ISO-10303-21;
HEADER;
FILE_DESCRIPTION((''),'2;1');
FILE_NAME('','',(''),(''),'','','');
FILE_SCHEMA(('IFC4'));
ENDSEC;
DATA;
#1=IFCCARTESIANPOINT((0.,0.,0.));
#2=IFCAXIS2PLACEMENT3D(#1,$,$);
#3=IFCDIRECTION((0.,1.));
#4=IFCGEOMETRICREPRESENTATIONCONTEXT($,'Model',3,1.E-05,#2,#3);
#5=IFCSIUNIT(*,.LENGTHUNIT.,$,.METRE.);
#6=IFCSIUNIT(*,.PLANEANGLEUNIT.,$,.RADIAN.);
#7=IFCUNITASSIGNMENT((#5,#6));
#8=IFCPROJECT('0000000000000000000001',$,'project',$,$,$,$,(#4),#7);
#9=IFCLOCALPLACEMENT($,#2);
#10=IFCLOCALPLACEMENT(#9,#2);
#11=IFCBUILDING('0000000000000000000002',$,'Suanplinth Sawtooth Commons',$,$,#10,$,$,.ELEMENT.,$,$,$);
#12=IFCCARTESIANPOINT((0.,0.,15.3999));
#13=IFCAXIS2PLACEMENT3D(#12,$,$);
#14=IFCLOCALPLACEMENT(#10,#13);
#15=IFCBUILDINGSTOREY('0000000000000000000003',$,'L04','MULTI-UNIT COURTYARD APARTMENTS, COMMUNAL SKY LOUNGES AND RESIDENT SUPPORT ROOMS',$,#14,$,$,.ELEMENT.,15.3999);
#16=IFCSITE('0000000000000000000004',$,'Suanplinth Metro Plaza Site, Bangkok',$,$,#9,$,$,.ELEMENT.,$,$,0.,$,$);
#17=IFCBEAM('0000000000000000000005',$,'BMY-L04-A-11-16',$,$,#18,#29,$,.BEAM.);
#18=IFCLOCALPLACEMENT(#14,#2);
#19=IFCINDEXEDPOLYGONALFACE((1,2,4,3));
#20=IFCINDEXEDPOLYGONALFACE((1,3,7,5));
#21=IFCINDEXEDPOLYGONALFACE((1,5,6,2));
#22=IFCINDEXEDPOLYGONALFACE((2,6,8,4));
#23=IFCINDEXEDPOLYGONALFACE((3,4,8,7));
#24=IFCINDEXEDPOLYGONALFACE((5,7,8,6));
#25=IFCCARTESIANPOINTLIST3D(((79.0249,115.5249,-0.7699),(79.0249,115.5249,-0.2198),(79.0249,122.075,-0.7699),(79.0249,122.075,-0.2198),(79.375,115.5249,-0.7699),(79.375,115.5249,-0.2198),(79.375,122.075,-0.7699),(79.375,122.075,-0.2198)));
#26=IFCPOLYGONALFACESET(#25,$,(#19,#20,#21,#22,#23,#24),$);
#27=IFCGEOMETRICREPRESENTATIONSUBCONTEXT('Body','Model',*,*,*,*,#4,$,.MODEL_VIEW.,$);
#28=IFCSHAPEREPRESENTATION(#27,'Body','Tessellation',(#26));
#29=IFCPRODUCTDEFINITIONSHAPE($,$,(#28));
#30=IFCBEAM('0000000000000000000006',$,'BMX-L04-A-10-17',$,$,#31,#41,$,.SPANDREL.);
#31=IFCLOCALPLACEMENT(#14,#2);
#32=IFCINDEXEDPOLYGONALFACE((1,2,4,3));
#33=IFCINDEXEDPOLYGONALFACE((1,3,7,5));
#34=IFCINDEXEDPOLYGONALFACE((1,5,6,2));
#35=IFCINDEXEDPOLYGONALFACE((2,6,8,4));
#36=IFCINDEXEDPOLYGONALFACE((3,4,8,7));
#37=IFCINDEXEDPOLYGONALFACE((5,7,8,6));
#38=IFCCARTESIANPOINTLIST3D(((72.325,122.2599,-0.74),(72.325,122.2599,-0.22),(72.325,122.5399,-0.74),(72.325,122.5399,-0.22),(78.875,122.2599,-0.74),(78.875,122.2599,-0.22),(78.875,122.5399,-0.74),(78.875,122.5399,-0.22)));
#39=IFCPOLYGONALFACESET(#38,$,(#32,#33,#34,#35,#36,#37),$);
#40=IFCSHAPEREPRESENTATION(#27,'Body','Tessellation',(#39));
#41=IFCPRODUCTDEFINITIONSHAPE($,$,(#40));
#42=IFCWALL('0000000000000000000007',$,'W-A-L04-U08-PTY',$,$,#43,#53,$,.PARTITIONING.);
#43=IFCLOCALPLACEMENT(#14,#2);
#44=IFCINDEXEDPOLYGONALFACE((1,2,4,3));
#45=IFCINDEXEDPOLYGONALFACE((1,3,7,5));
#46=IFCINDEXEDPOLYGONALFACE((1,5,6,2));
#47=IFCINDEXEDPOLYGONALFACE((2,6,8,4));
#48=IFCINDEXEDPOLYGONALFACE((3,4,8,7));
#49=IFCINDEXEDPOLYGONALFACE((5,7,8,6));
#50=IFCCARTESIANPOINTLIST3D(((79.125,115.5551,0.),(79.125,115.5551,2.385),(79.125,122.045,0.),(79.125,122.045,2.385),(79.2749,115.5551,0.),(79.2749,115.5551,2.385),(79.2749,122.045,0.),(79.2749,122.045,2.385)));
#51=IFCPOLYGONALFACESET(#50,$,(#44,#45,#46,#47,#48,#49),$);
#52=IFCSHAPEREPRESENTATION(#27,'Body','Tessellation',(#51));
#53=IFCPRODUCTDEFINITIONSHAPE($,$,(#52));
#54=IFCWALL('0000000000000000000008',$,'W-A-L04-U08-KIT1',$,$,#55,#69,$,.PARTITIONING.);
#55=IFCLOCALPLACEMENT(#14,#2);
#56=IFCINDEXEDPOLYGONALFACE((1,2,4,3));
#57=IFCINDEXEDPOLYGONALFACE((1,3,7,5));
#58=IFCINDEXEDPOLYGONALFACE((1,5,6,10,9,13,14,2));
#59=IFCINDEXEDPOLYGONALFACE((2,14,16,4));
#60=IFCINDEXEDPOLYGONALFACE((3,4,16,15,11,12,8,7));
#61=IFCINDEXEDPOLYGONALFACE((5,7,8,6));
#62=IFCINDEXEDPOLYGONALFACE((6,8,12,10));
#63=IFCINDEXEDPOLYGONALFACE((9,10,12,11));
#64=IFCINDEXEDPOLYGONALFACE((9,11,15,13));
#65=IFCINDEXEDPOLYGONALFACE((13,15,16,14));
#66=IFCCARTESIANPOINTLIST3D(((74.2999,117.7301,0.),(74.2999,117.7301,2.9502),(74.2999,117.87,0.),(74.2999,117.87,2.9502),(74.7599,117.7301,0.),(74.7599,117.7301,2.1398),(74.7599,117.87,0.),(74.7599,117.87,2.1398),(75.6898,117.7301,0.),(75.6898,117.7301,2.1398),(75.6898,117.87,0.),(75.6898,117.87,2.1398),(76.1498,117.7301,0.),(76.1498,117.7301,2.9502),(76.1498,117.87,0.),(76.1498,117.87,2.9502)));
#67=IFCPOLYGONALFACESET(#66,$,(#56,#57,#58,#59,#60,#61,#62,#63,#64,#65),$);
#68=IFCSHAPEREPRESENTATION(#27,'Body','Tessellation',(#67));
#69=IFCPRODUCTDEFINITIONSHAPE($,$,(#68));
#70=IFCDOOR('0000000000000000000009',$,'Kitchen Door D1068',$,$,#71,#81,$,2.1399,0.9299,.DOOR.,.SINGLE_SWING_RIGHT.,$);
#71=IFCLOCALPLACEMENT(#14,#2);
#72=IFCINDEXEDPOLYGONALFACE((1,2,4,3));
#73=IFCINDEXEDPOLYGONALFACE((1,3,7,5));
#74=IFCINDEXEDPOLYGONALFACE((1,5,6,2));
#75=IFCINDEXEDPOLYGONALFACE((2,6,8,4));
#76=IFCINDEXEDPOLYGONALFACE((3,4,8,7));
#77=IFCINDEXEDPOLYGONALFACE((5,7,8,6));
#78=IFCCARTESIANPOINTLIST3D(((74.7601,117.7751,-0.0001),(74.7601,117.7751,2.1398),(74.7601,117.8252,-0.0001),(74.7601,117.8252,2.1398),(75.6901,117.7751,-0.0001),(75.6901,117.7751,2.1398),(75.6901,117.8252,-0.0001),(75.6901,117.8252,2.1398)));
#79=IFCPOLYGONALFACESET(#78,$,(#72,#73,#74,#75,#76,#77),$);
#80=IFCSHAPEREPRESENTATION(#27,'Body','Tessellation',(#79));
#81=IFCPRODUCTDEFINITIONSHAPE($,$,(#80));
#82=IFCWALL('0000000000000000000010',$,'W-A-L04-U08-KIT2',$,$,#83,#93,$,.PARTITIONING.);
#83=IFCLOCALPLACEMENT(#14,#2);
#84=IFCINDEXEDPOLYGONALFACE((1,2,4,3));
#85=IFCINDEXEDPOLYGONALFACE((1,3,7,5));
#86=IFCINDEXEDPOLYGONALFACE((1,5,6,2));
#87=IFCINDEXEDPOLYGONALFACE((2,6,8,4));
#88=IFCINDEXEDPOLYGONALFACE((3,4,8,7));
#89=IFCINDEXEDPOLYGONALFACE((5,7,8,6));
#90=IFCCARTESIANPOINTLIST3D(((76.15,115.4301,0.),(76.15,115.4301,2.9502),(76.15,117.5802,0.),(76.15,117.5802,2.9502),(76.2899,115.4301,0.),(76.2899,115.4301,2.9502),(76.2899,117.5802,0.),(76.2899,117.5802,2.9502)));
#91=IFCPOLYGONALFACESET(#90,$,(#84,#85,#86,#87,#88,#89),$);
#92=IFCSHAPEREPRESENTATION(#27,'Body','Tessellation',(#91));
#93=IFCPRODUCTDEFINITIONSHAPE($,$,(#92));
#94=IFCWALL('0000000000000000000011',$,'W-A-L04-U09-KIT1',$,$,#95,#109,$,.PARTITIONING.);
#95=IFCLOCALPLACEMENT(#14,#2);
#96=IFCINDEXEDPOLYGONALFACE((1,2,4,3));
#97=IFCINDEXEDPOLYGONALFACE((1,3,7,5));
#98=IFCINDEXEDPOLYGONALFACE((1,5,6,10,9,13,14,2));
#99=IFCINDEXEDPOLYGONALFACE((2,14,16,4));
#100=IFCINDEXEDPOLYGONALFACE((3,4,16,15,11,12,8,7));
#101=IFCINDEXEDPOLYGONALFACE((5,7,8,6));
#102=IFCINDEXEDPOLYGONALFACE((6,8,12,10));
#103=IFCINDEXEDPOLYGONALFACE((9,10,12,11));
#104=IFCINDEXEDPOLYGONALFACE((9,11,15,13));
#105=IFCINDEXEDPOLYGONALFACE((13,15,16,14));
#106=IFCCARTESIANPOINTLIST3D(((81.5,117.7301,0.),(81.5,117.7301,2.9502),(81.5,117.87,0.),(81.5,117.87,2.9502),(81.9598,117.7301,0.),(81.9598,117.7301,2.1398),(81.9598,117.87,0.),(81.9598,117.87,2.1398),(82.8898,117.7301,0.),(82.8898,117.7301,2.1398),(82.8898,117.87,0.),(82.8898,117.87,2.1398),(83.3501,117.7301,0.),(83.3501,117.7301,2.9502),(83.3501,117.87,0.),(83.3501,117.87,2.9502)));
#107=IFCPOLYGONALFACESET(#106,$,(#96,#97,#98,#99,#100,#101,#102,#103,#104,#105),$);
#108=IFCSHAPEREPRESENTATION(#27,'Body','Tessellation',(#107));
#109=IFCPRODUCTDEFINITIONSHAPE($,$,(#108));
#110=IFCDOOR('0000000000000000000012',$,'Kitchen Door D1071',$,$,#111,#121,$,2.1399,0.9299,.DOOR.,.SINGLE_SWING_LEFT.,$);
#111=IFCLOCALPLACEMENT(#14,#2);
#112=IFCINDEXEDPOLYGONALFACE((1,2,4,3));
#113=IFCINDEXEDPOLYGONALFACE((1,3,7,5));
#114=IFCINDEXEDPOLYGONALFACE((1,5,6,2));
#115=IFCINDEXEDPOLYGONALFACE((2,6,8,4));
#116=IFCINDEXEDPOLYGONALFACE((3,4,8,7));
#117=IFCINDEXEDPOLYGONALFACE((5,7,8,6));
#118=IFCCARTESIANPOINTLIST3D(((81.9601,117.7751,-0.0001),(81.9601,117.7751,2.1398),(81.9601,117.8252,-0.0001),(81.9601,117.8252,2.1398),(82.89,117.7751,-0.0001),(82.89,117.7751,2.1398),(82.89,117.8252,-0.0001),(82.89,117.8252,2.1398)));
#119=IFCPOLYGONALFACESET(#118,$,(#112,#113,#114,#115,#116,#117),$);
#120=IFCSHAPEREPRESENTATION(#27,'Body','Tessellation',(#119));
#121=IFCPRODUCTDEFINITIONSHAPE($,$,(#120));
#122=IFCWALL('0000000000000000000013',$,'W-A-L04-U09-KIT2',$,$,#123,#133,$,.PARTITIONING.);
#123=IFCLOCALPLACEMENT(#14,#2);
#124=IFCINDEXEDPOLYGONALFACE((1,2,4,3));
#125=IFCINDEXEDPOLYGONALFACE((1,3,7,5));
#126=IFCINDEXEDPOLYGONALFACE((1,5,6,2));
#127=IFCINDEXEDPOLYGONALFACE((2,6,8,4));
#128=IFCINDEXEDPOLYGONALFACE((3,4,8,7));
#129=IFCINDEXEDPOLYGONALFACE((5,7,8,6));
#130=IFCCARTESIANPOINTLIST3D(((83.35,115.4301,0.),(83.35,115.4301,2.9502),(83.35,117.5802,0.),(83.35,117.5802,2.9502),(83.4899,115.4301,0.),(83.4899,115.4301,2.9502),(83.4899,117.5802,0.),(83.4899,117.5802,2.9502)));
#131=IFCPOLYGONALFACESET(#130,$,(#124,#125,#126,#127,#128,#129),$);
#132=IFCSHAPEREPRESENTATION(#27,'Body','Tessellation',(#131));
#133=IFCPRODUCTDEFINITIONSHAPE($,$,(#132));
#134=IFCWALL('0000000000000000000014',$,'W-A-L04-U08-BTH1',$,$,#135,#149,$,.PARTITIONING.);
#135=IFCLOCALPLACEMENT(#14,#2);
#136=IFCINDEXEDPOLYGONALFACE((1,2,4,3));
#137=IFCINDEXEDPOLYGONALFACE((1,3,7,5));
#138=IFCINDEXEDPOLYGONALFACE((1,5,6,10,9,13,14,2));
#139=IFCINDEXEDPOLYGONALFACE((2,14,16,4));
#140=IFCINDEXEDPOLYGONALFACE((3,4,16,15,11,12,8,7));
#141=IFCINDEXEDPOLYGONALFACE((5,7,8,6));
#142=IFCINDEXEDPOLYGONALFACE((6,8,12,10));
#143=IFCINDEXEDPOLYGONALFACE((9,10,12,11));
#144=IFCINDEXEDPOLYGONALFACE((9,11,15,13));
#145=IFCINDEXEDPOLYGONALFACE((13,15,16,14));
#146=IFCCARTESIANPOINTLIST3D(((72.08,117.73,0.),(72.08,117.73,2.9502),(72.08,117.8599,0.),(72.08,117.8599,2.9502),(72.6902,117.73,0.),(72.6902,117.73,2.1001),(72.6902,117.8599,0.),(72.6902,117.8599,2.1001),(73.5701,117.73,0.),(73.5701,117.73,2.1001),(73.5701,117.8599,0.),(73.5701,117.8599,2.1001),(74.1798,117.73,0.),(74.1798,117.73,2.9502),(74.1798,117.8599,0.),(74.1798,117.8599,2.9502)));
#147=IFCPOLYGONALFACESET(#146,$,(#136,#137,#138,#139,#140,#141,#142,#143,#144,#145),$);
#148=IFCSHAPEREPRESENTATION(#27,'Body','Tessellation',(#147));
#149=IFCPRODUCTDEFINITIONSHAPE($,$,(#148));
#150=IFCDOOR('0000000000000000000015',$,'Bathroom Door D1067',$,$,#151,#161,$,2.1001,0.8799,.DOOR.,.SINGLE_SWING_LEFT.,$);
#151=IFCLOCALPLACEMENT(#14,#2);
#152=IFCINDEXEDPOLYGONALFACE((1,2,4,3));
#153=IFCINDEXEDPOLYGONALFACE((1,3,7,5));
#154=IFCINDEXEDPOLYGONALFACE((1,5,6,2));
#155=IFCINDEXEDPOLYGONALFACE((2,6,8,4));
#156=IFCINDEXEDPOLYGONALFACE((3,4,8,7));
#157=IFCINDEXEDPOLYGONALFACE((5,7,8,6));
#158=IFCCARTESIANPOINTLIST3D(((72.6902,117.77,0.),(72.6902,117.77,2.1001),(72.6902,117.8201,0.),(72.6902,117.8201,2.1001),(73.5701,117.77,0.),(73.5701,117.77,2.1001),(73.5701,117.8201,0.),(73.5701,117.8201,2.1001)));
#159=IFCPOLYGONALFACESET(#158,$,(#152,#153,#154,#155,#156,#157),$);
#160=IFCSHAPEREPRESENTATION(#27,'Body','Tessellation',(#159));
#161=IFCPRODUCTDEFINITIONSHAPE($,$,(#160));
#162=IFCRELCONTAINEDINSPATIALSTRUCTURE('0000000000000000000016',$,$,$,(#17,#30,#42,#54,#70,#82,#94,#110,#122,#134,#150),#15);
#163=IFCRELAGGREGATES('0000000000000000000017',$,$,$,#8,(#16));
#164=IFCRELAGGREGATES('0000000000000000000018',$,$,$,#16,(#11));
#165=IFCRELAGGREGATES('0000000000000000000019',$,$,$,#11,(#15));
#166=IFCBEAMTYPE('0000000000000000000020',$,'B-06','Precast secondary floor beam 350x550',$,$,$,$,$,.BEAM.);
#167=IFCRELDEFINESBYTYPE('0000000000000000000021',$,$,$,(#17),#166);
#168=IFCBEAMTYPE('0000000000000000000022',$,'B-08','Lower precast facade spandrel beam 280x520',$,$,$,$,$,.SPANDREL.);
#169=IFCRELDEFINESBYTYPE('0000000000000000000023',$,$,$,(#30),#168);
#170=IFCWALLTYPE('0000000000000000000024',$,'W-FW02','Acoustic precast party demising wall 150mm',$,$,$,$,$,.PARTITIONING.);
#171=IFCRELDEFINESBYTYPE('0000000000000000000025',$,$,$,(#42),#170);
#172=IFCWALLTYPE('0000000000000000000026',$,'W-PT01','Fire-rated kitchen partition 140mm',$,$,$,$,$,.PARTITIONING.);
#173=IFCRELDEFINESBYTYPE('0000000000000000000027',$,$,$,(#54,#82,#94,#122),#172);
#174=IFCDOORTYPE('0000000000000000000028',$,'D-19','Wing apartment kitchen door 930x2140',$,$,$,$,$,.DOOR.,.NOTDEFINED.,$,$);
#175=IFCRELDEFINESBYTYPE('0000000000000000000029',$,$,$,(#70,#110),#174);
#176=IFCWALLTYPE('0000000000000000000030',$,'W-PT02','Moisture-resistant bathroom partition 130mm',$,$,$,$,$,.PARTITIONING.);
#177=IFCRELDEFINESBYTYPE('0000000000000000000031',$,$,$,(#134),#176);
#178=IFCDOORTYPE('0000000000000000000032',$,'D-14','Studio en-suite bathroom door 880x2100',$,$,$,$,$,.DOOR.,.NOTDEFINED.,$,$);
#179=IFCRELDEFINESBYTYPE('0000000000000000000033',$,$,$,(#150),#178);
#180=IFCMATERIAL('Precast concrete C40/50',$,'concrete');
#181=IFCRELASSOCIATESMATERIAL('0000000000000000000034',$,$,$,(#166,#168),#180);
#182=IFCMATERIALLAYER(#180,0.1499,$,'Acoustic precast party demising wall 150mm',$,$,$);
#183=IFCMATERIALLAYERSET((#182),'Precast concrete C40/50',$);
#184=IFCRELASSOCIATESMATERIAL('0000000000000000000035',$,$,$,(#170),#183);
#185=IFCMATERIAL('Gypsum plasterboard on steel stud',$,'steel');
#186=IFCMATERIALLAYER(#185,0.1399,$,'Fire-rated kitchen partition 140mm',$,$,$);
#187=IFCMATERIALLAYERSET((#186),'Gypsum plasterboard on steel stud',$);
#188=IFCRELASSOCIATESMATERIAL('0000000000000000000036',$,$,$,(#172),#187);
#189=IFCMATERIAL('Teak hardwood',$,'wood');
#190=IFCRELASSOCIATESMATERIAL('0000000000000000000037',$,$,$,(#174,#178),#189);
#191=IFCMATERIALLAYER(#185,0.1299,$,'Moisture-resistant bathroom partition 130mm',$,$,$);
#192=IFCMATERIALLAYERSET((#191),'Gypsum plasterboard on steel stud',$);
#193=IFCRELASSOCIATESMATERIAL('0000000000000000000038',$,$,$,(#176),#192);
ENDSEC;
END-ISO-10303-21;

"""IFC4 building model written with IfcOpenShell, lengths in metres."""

from ifc_helpers import new_model, si_unit, direction, frame, frame_2d, origin, origin_2d, place, context, subcontext, project, spatial, rectangle, extrude, material, layer, layer_set, material_profile, profile_set, type_object, element, fill, save


model = new_model("IFC4")

# Units and contexts
model_context = context("Model", 3, precision=1e-05, world=origin(), true_north=direction((0.0, 1.0)))
body_context = subcontext(model_context, "Body", "Model", "MODEL_VIEW")
ifc_project = project(units=[si_unit("LENGTHUNIT", "METRE"), si_unit("PLANEANGLEUNIT", "RADIAN")], contexts=[model_context])

# Site, building, storey
site_placement = place(None, origin())
site = spatial("IfcSite", under=ifc_project, at=site_placement, Name="Suanplinth Metro Plaza Site, Bangkok", CompositionType="ELEMENT", RefElevation=0.0)
building_placement = place(site_placement, origin())
building = spatial("IfcBuilding", under=site, at=building_placement, Name="Suanplinth Sawtooth Commons", CompositionType="ELEMENT")
storey_placement = place(building_placement, frame((0.0, 0.0, 15.3999)))
storey = spatial("IfcBuildingStorey", under=building, at=storey_placement, Name="L04", Description="MULTI-UNIT COURTYARD APARTMENTS, COMMUNAL SKY LOUNGES AND RESIDENT SUPPORT ROOMS", CompositionType="ELEMENT", Elevation=15.3999)

# Beams
ifc_material_1 = material(Name="Precast concrete C40/50", Category="concrete")
ifc_material_profile_1 = material_profile(ifc_material_1, rectangle(XDim=0.3501, YDim=0.55, at=origin_2d()), Name="PC-BM 350x550")
ifc_profile_set_1 = profile_set([ifc_material_profile_1], Name="Precast concrete C40/50")
beam_type_1 = type_object("IfcBeamType", Name="B-06", Description="Precast secondary floor beam 350x550", PredefinedType="BEAM", material=ifc_profile_set_1)
beam_1_placement = place(storey_placement, frame((79.2, 115.5249, -0.4949), z_axis=(0.0, 1.0, 0.0), x_axis=(-1.0, 0.0, 0.0)))
element("IfcBeam", 1, at=beam_1_placement, inside=storey, type_object=beam_type_1, Name="BMY-L04-A-11-16", PredefinedType="BEAM", context=body_context, shape_type="SweptSolid", body=[
    extrude(rectangle(XDim=0.3501, YDim=0.55, at=origin_2d()), origin(), (0.0, 0.0, 1.0), 6.55),
])
ifc_material_profile_2 = material_profile(ifc_material_1, rectangle(XDim=0.28, YDim=0.52, at=origin_2d()), Name="PC-SP 280x520")
ifc_profile_set_2 = profile_set([ifc_material_profile_2], Name="Precast concrete C40/50")
beam_type_2 = type_object("IfcBeamType", Name="B-08", Description="Lower precast facade spandrel beam 280x520", PredefinedType="SPANDREL", material=ifc_profile_set_2)
beam_2_placement = place(storey_placement, frame((72.325, 122.3999, -0.48), z_axis=(1.0, 0.0, 0.0), x_axis=(0.0, 1.0, 0.0)))
element("IfcBeam", 2, at=beam_2_placement, inside=storey, type_object=beam_type_2, Name="BMX-L04-A-10-17", PredefinedType="SPANDREL", context=body_context, shape_type="SweptSolid", body=[
    extrude(rectangle(XDim=0.28, YDim=0.52, at=origin_2d()), origin(), (0.0, 0.0, 1.0), 6.55),
])

# Wall
ifc_layer_1 = layer(ifc_material_1, 0.1499, Name="Acoustic precast party demising wall 150mm")
ifc_layer_set_1 = layer_set([ifc_layer_1], Name="Precast concrete C40/50")
wall_type_1 = type_object("IfcWallType", Name="W-FW02", Description="Acoustic precast party demising wall 150mm", PredefinedType="PARTITIONING", material=ifc_layer_set_1)
wall_1_placement = place(storey_placement, frame((79.2, 115.5549, 0.0), z_axis=(0.0, 0.0, 1.0), x_axis=(0.0, 1.0, 0.0)))
element("IfcWall", 3, at=wall_1_placement, inside=storey, type_object=wall_type_1, Name="W-A-L04-U08-PTY", PredefinedType="PARTITIONING", context=body_context, shape_type="SweptSolid", body=[
    extrude(rectangle(XDim=6.49, YDim=0.1499, at=frame_2d((3.2451, 0.0))), origin(), (0.0, 0.0, 1.0), 2.385),
])

# Wall, opening, door
ifc_material_2 = material(Name="Gypsum plasterboard on steel stud", Category="steel")
ifc_layer_2 = layer(ifc_material_2, 0.1399, Name="Fire-rated kitchen partition 140mm")
ifc_layer_set_2 = layer_set([ifc_layer_2], Name="Gypsum plasterboard on steel stud")
wall_type_2 = type_object("IfcWallType", Name="W-PT01", Description="Fire-rated kitchen partition 140mm", PredefinedType="PARTITIONING", material=ifc_layer_set_2)
wall_2_placement = place(storey_placement, frame((74.3, 117.8, 0.0), z_axis=(0.0, 0.0, 1.0), x_axis=(1.0, 0.0, 0.0)))
wall_2 = element("IfcWall", 4, at=wall_2_placement, inside=storey, type_object=wall_type_2, Name="W-A-L04-U08-KIT1", PredefinedType="PARTITIONING", context=body_context, shape_type="SweptSolid", body=[
    extrude(rectangle(XDim=1.8499, YDim=0.1399, at=frame_2d((0.9248, 0.0))), origin(), (0.0, 0.0, 1.0), 2.9502),
])
opening_1_placement = place(wall_2_placement, frame((0.46, 0.0, 0.0)))
opening_1 = element("IfcOpeningElement", 5, at=opening_1_placement, cuts=wall_2, PredefinedType="OPENING", context=body_context, shape_type="SweptSolid", body=[
    extrude(rectangle(XDim=0.9299, YDim=2.1399, at=frame_2d((0.4648, 1.0698))), frame((0.0, 0.085, 0.0), z_axis=(0.0, -1.0, 0.0), x_axis=(1.0, 0.0, 0.0)), (0.0, 0.0, 1.0), 0.1697),
])
ifc_material_3 = material(Name="Teak hardwood", Category="wood")
door_type_1 = type_object("IfcDoorType", Name="D-19", Description="Wing apartment kitchen door 930x2140", OperationType="NOTDEFINED", PredefinedType="DOOR", material=ifc_material_3)
door_1_placement = place(opening_1_placement, frame((0.9299, 0.0, 0.0), z_axis=(0.0, 0.0, 1.0), x_axis=(-1.0, 0.0, 0.0)))
door_1 = element("IfcDoor", 6, at=door_1_placement, inside=storey, type_object=door_type_1, Name="Kitchen Door D1068", OperationType="SINGLE_SWING_RIGHT", OverallHeight=2.1399, OverallWidth=0.9299, PredefinedType="DOOR", context=body_context, shape_type="SweptSolid", body=[
    extrude(rectangle(XDim=0.9299, YDim=2.1399, at=frame_2d((0.4648, 1.0698))), frame((0.0, 0.0249, 0.0), z_axis=(0.0, -1.0, 0.0), x_axis=(1.0, 0.0, 0.0)), (0.0, 0.0, 1.0), 0.05),
])
fill(opening_1, door_1)

# Wall
wall_3_placement = place(storey_placement, frame((76.22, 115.4299, 0.0), z_axis=(0.0, 0.0, 1.0), x_axis=(0.0, 1.0, 0.0)))
element("IfcWall", 7, at=wall_3_placement, inside=storey, type_object=wall_type_2, Name="W-A-L04-U08-KIT2", PredefinedType="PARTITIONING", context=body_context, shape_type="SweptSolid", body=[
    extrude(rectangle(XDim=2.1501, YDim=0.1399, at=frame_2d((1.0752, 0.0))), origin(), (0.0, 0.0, 1.0), 2.9502),
])

# Wall, opening, door
wall_4_placement = place(storey_placement, frame((81.5, 117.8, 0.0), z_axis=(0.0, 0.0, 1.0), x_axis=(1.0, 0.0, 0.0)))
wall_4 = element("IfcWall", 8, at=wall_4_placement, inside=storey, type_object=wall_type_2, Name="W-A-L04-U09-KIT1", PredefinedType="PARTITIONING", context=body_context, shape_type="SweptSolid", body=[
    extrude(rectangle(XDim=1.8501, YDim=0.1399, at=frame_2d((0.925, 0.0))), origin(), (0.0, 0.0, 1.0), 2.9502),
])
opening_2_placement = place(wall_4_placement, frame((0.46, 0.0, 0.0)))
opening_2 = element("IfcOpeningElement", 9, at=opening_2_placement, cuts=wall_4, PredefinedType="OPENING", context=body_context, shape_type="SweptSolid", body=[
    extrude(rectangle(XDim=0.9299, YDim=2.1399, at=frame_2d((0.4648, 1.0698))), frame((0.0, 0.085, 0.0), z_axis=(0.0, -1.0, 0.0), x_axis=(1.0, 0.0, 0.0)), (0.0, 0.0, 1.0), 0.1697),
])
door_2_placement = place(opening_2_placement, frame((0.9299, 0.0, 0.0), z_axis=(0.0, 0.0, 1.0), x_axis=(-1.0, 0.0, 0.0)))
door_2 = element("IfcDoor", 10, at=door_2_placement, inside=storey, type_object=door_type_1, Name="Kitchen Door D1071", OperationType="SINGLE_SWING_LEFT", OverallHeight=2.1399, OverallWidth=0.9299, PredefinedType="DOOR", context=body_context, shape_type="SweptSolid", body=[
    extrude(rectangle(XDim=0.9299, YDim=2.1399, at=frame_2d((0.4648, 1.0698))), frame((0.0, 0.0249, 0.0), z_axis=(0.0, -1.0, 0.0), x_axis=(1.0, 0.0, 0.0)), (0.0, 0.0, 1.0), 0.05),
])
fill(opening_2, door_2)

# Wall
wall_5_placement = place(storey_placement, frame((83.4199, 115.4299, 0.0), z_axis=(0.0, 0.0, 1.0), x_axis=(0.0, 1.0, 0.0)))
element("IfcWall", 11, at=wall_5_placement, inside=storey, type_object=wall_type_2, Name="W-A-L04-U09-KIT2", PredefinedType="PARTITIONING", context=body_context, shape_type="SweptSolid", body=[
    extrude(rectangle(XDim=2.1501, YDim=0.1399, at=frame_2d((1.0752, 0.0))), origin(), (0.0, 0.0, 1.0), 2.9502),
])

# Wall, opening, door
ifc_layer_3 = layer(ifc_material_2, 0.1299, Name="Moisture-resistant bathroom partition 130mm")
ifc_layer_set_3 = layer_set([ifc_layer_3], Name="Gypsum plasterboard on steel stud")
wall_type_3 = type_object("IfcWallType", Name="W-PT02", Description="Moisture-resistant bathroom partition 130mm", PredefinedType="PARTITIONING", material=ifc_layer_set_3)
wall_6_placement = place(storey_placement, frame((72.0801, 117.7949, 0.0), z_axis=(0.0, 0.0, 1.0), x_axis=(1.0, 0.0, 0.0)))
wall_6 = element("IfcWall", 12, at=wall_6_placement, inside=storey, type_object=wall_type_3, Name="W-A-L04-U08-BTH1", PredefinedType="PARTITIONING", context=body_context, shape_type="SweptSolid", body=[
    extrude(rectangle(XDim=2.0999, YDim=0.1299, at=frame_2d((1.0498, 0.0))), origin(), (0.0, 0.0, 1.0), 2.9502),
])
opening_3_placement = place(wall_6_placement, frame((0.6101, 0.0, 0.0)))
opening_3 = element("IfcOpeningElement", 13, at=opening_3_placement, cuts=wall_6, PredefinedType="OPENING", context=body_context, shape_type="SweptSolid", body=[
    extrude(rectangle(XDim=0.8799, YDim=2.1001, at=frame_2d((0.4399, 1.05))), frame((0.0, 0.0798, 0.0), z_axis=(0.0, -1.0, 0.0), x_axis=(1.0, 0.0, 0.0)), (0.0, 0.0, 1.0), 0.1597),
])
door_type_2 = type_object("IfcDoorType", Name="D-14", Description="Studio en-suite bathroom door 880x2100", OperationType="NOTDEFINED", PredefinedType="DOOR", material=ifc_material_3)
door_3_placement = place(opening_3_placement, frame((0.8799, 0.0, 0.0), z_axis=(0.0, 0.0, 1.0), x_axis=(-1.0, 0.0, 0.0)))
door_3 = element("IfcDoor", 14, at=door_3_placement, inside=storey, type_object=door_type_2, Name="Bathroom Door D1067", OperationType="SINGLE_SWING_LEFT", OverallHeight=2.1001, OverallWidth=0.8799, PredefinedType="DOOR", context=body_context, shape_type="SweptSolid", body=[
    extrude(rectangle(XDim=0.8799, YDim=2.1001, at=frame_2d((0.4399, 1.05))), frame((0.0, 0.0249, 0.0), z_axis=(0.0, -1.0, 0.0), x_axis=(1.0, 0.0, 0.0)), (0.0, 0.0, 1.0), 0.05),
])
fill(opening_3, door_3)

save(model, "model.ifc")
